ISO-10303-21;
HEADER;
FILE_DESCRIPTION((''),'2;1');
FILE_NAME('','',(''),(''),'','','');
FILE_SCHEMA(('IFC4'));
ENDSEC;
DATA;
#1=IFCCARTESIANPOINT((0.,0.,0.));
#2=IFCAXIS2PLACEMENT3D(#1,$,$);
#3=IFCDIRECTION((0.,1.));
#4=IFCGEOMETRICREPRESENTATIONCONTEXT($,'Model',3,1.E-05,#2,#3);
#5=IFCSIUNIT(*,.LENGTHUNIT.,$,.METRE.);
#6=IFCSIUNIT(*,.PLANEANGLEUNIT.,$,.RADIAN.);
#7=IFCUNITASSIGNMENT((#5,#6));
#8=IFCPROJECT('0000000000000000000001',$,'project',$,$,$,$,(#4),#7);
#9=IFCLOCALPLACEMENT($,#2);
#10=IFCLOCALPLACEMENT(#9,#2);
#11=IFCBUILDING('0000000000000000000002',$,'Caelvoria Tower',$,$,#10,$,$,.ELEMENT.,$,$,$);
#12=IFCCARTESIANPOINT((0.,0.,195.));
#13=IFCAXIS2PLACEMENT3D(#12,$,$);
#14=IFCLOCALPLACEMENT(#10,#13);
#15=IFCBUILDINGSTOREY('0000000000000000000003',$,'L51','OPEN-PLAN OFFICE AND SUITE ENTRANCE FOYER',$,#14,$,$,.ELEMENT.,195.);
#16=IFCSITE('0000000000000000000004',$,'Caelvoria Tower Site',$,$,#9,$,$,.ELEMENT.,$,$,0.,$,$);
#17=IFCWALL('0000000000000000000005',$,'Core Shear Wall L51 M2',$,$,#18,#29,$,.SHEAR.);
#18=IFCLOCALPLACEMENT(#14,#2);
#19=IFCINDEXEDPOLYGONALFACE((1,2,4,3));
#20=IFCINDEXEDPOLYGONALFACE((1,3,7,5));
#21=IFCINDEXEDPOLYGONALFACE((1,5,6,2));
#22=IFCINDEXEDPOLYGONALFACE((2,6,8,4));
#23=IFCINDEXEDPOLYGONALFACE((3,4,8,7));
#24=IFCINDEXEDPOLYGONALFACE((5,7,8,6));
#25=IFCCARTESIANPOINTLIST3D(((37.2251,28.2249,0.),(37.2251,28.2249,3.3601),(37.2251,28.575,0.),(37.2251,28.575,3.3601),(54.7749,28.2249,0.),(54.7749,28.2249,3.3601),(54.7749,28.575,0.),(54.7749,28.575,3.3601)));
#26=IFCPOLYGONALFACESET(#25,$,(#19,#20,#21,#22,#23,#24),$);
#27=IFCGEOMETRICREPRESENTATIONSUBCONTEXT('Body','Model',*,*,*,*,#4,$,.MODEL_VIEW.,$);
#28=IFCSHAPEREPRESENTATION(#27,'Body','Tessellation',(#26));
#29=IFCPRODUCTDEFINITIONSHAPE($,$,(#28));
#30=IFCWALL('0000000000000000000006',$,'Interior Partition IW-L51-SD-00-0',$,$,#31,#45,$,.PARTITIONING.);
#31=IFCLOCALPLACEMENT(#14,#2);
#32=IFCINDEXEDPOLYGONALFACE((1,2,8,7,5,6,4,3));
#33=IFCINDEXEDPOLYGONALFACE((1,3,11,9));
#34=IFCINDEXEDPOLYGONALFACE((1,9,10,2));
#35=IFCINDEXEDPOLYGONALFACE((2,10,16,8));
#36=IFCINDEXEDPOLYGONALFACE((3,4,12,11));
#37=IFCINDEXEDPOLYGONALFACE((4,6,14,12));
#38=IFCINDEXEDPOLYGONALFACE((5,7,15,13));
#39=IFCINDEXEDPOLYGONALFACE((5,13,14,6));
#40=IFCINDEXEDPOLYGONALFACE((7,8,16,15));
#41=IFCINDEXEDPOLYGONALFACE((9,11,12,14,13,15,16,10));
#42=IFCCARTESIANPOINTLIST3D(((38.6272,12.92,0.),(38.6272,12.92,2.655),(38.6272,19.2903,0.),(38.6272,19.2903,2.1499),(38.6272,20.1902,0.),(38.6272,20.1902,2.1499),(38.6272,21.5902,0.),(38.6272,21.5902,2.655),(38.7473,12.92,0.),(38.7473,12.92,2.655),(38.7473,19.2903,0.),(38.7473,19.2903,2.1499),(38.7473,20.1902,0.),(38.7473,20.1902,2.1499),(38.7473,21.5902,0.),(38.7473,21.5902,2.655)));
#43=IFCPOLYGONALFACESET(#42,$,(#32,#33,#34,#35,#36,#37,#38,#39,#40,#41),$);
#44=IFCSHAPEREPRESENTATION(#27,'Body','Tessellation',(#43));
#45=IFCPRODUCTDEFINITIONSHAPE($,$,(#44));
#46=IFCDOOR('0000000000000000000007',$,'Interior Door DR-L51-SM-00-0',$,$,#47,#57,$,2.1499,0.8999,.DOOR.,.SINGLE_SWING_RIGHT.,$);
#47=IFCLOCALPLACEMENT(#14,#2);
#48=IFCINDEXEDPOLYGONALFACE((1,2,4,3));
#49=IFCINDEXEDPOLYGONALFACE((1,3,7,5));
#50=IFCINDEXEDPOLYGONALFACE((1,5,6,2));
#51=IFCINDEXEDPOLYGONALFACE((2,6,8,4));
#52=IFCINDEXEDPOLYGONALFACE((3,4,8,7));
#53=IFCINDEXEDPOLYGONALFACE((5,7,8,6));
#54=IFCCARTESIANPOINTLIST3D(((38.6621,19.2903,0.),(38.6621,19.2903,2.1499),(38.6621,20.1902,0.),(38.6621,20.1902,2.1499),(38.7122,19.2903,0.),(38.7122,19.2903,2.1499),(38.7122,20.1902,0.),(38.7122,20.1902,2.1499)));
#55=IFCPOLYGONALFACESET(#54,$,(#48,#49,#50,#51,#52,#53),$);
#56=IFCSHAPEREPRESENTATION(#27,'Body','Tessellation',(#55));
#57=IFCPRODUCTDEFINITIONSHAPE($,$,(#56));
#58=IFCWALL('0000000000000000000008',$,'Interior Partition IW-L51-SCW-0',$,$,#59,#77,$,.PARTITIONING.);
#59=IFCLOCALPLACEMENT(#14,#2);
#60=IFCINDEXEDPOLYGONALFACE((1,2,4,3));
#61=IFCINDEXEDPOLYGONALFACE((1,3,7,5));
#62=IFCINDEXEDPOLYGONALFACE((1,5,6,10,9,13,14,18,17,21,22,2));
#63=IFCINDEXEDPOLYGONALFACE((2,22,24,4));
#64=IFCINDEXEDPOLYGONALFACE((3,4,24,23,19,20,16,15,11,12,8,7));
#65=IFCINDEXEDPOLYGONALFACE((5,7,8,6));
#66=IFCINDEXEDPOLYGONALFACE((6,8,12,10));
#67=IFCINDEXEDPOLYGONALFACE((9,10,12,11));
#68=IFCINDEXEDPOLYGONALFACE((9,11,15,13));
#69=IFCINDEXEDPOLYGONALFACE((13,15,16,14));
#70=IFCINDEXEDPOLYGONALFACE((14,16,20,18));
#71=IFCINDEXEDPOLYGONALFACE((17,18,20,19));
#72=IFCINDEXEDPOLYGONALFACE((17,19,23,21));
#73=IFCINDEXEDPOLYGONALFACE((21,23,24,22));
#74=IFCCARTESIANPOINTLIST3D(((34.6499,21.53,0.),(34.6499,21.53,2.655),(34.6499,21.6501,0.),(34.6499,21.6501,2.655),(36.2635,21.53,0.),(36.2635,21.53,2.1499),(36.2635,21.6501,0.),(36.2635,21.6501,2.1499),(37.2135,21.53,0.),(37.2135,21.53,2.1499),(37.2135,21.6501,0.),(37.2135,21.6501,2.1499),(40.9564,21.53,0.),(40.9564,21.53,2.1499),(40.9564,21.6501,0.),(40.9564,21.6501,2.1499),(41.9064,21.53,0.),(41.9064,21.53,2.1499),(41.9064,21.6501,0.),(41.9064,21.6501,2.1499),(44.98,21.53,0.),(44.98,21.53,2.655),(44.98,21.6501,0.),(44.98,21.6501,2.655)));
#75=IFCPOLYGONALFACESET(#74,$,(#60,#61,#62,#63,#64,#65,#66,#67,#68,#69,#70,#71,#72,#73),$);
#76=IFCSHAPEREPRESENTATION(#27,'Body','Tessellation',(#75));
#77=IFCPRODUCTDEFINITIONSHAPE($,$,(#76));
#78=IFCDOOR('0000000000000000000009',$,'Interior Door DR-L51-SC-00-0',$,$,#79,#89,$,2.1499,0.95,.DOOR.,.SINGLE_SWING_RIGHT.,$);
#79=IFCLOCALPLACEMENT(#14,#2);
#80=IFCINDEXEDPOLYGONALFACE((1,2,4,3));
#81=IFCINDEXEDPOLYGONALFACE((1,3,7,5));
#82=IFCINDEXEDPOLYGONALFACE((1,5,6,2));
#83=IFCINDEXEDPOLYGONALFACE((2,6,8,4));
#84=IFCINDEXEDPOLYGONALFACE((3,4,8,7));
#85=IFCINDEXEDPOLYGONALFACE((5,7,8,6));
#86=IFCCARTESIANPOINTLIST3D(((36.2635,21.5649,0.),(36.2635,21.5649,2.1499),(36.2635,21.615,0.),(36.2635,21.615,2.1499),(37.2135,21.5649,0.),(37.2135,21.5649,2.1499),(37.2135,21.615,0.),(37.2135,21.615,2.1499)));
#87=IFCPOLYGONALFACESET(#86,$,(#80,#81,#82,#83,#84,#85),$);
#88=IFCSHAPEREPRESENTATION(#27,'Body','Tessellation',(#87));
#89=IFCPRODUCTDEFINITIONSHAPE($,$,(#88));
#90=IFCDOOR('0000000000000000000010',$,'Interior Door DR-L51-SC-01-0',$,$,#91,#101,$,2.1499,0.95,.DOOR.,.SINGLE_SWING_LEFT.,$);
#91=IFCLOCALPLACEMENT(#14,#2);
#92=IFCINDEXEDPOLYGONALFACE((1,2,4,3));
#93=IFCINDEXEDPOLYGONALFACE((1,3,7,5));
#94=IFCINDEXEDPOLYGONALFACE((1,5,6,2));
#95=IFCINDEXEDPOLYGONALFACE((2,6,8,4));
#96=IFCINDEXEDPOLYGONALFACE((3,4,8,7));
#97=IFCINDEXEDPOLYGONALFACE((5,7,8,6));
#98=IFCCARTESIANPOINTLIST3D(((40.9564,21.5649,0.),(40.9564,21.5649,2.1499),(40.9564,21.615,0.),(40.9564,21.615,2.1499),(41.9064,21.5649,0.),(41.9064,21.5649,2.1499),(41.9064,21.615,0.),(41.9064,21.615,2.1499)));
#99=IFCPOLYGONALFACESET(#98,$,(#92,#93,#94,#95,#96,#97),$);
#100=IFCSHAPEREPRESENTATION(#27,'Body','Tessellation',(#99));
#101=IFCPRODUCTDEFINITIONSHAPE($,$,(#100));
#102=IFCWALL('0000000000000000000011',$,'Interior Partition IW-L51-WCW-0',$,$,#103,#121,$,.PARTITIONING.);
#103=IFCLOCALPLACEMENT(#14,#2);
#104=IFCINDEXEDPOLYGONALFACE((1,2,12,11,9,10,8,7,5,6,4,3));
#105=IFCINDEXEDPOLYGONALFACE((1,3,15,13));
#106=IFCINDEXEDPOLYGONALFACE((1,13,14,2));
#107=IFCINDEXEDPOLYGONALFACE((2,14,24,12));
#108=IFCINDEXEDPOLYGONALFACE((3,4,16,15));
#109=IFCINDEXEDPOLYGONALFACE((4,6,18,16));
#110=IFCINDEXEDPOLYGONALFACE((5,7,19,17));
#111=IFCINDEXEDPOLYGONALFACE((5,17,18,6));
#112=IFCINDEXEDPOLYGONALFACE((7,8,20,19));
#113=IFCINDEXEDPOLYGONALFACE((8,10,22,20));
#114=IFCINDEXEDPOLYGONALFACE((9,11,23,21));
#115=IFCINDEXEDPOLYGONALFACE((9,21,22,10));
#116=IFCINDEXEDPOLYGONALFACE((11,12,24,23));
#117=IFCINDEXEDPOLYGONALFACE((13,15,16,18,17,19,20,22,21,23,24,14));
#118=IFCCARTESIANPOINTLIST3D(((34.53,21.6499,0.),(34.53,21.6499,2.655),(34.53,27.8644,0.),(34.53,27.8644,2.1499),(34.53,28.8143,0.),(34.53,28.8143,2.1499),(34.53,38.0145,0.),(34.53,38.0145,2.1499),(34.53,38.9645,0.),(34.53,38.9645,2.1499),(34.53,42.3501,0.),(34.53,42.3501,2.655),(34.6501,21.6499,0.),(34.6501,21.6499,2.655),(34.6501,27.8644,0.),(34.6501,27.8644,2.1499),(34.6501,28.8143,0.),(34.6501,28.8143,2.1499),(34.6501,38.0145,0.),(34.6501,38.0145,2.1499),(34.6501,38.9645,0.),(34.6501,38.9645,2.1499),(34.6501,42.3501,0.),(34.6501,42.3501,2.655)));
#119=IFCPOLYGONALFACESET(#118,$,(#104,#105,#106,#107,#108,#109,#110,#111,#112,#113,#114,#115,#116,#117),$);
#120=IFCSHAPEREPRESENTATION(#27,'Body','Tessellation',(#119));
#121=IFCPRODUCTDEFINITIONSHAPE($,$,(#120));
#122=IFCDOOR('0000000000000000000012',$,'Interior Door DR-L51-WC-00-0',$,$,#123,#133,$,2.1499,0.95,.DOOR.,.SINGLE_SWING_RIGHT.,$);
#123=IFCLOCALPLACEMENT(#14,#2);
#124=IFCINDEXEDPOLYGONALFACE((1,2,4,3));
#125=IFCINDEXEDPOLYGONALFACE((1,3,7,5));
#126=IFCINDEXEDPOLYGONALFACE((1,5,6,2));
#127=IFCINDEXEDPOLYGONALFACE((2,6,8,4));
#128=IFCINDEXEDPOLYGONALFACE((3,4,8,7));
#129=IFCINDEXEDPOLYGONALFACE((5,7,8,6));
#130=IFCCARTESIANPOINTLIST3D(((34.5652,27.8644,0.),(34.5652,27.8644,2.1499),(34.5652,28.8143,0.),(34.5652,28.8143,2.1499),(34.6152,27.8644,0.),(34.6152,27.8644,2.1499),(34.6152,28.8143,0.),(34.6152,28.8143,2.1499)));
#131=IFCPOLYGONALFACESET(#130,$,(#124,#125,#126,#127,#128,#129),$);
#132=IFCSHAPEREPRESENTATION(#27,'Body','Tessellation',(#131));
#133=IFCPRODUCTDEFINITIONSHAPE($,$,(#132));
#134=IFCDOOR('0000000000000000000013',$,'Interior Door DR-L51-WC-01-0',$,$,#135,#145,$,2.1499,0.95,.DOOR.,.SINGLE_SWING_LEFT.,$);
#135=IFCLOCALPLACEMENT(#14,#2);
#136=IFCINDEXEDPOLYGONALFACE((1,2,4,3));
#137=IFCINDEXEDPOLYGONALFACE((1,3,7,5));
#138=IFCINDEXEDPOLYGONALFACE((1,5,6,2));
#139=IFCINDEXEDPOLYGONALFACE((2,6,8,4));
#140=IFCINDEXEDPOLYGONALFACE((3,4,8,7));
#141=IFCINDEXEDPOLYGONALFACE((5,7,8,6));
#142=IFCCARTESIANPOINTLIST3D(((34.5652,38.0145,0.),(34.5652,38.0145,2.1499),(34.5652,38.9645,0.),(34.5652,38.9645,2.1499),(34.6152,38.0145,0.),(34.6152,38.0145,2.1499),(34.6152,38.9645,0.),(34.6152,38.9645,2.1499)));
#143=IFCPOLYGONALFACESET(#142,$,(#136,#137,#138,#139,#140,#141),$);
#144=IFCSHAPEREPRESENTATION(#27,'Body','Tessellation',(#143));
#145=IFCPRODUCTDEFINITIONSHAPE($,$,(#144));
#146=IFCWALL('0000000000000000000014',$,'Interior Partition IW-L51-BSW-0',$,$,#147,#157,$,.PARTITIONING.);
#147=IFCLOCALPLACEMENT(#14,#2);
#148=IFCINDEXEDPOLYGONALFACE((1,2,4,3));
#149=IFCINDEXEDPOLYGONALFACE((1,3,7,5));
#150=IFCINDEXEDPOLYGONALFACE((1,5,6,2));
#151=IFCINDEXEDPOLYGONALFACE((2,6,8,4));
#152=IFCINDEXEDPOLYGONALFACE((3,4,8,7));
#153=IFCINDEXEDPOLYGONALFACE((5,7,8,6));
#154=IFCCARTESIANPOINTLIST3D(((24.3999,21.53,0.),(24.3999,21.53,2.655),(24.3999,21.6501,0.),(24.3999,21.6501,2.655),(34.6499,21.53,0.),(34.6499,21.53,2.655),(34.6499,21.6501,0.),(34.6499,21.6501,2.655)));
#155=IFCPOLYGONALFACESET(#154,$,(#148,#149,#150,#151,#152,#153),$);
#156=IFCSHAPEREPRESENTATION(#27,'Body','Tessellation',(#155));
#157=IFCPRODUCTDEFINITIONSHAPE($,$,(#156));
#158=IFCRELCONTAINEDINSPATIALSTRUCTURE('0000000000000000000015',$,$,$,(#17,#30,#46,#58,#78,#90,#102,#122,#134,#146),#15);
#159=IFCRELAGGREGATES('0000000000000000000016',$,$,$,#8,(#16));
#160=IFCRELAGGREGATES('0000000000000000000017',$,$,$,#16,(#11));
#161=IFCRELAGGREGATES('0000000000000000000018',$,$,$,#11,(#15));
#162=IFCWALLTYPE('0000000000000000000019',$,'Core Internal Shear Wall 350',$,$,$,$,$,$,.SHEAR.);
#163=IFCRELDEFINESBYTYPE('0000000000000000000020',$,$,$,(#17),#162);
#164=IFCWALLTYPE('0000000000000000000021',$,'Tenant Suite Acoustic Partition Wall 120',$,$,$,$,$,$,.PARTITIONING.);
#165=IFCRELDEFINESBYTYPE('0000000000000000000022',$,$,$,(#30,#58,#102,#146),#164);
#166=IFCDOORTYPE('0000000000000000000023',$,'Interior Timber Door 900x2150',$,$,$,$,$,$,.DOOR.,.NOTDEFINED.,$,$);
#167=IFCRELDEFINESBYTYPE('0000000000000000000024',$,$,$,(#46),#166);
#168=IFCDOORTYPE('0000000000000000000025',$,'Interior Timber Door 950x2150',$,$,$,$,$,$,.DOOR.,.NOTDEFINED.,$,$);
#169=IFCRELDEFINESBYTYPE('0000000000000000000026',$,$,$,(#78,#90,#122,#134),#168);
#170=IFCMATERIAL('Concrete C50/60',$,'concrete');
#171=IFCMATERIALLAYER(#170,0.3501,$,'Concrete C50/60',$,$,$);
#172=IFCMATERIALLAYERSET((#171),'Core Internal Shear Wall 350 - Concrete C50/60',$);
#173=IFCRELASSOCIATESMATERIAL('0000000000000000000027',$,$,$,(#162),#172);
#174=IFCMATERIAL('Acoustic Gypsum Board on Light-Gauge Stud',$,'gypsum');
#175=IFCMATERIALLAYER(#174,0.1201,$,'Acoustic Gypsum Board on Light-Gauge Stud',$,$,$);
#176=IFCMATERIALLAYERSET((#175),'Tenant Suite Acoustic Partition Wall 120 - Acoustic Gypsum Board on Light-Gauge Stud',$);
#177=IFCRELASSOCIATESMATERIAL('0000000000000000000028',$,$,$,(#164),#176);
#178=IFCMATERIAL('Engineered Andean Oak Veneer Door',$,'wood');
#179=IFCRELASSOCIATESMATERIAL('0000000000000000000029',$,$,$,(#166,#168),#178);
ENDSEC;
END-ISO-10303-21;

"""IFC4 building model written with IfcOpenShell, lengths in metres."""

from ifc_helpers import new_model, si_unit, direction, frame, frame_2d, origin, place, context, subcontext, project, spatial, rectangle, extrude, material, layer, layer_set, type_object, element, fill, save


model = new_model("IFC4")

# Units and contexts
model_context = context("Model", 3, precision=1e-05, world=origin(), true_north=direction((0.0, 1.0)))
body_context = subcontext(model_context, "Body", "Model", "MODEL_VIEW")
ifc_project = project(units=[si_unit("LENGTHUNIT", "METRE"), si_unit("PLANEANGLEUNIT", "RADIAN")], contexts=[model_context])

# Site, building, storey
site_placement = place(None, origin())
site = spatial("IfcSite", under=ifc_project, at=site_placement, Name="Caelvoria Tower Site", CompositionType="ELEMENT", RefElevation=0.0)
building_placement = place(site_placement, origin())
building = spatial("IfcBuilding", under=site, at=building_placement, Name="Caelvoria Tower", CompositionType="ELEMENT")
storey_placement = place(building_placement, frame((0.0, 0.0, 195.0)))
storey = spatial("IfcBuildingStorey", under=building, at=storey_placement, Name="L51", Description="OPEN-PLAN OFFICE AND SUITE ENTRANCE FOYER", CompositionType="ELEMENT", Elevation=195.0)

# Shared definitions
ifc_material_1 = material(Name="Concrete C50/60", Category="concrete")
ifc_layer_1 = layer(ifc_material_1, 0.3501, Name="Concrete C50/60")
ifc_layer_set_1 = layer_set([ifc_layer_1], Name="Core Internal Shear Wall 350 - Concrete C50/60")
wall_type_1 = type_object("IfcWallType", Name="Core Internal Shear Wall 350", PredefinedType="SHEAR", material=ifc_layer_set_1)

# Wall
wall_1_placement = place(storey_placement, frame((37.2251, 28.3999, 0.0), z_axis=(0.0, 0.0, 1.0), x_axis=(1.0, 0.0, 0.0)))
element("IfcWall", 1, at=wall_1_placement, inside=storey, type_object=wall_type_1, Name="Core Shear Wall L51 M2", PredefinedType="SHEAR", context=body_context, shape_type="SweptSolid", body=[
    extrude(rectangle(XDim=17.5498, YDim=0.3501, at=frame_2d((8.7749, 0.0))), origin(), (0.0, 0.0, 1.0), 3.3601),
])

# Wall, opening, door
ifc_material_2 = material(Name="Acoustic Gypsum Board on Light-Gauge Stud", Category="gypsum")
ifc_layer_2 = layer(ifc_material_2, 0.1201, Name="Acoustic Gypsum Board on Light-Gauge Stud")
ifc_layer_set_2 = layer_set([ifc_layer_2], Name="Tenant Suite Acoustic Partition Wall 120 - Acoustic Gypsum Board on Light-Gauge Stud")
wall_type_2 = type_object("IfcWallType", Name="Tenant Suite Acoustic Partition Wall 120", PredefinedType="PARTITIONING", material=ifc_layer_set_2)
wall_2_placement = place(storey_placement, frame((38.6873, 21.5901, 0.0), z_axis=(0.0, 0.0, 1.0), x_axis=(0.0, -1.0, 0.0)))
wall_2 = element("IfcWall", 2, at=wall_2_placement, inside=storey, type_object=wall_type_2, Name="Interior Partition IW-L51-SD-00-0", PredefinedType="PARTITIONING", context=body_context, shape_type="SweptSolid", body=[
    extrude(rectangle(XDim=8.6702, YDim=0.1201, at=frame_2d((4.335, 0.0))), origin(), (0.0, 0.0, 1.0), 2.655),
])
opening_1_placement = place(wall_2_placement, frame((1.3999, 0.0, 0.0)))
opening_1 = element("IfcOpeningElement", 3, at=opening_1_placement, cuts=wall_2, PredefinedType="OPENING", context=body_context, shape_type="SweptSolid", body=[
    extrude(rectangle(XDim=0.8999, YDim=2.1499, at=frame_2d((0.45, 1.075))), frame((0.0, 0.0701, 0.0), z_axis=(0.0, -1.0, 0.0), x_axis=(1.0, 0.0, 0.0)), (0.0, 0.0, 1.0), 0.1401),
])
ifc_material_3 = material(Name="Engineered Andean Oak Veneer Door", Category="wood")
door_type_1 = type_object("IfcDoorType", Name="Interior Timber Door 900x2150", OperationType="NOTDEFINED", PredefinedType="DOOR", material=ifc_material_3)
door_1_placement = place(opening_1_placement, origin())
door_1 = element("IfcDoor", 4, at=door_1_placement, inside=storey, type_object=door_type_1, Name="Interior Door DR-L51-SM-00-0", OperationType="SINGLE_SWING_RIGHT", OverallHeight=2.1499, OverallWidth=0.8999, PredefinedType="DOOR", context=body_context, shape_type="SweptSolid", body=[
    extrude(rectangle(XDim=0.8999, YDim=2.1499, at=frame_2d((0.45, 1.075))), frame((0.0, 0.0249, 0.0), z_axis=(0.0, -1.0, 0.0), x_axis=(1.0, 0.0, 0.0)), (0.0, 0.0, 1.0), 0.05),
])
fill(opening_1, door_1)

# Walls, openings, doors
wall_3_placement = place(storey_placement, frame((34.6499, 21.5901, 0.0), z_axis=(0.0, 0.0, 1.0), x_axis=(1.0, 0.0, 0.0)))
wall_3 = element("IfcWall", 5, at=wall_3_placement, inside=storey, type_object=wall_type_2, Name="Interior Partition IW-L51-SCW-0", PredefinedType="PARTITIONING", context=body_context, shape_type="SweptSolid", body=[
    extrude(rectangle(XDim=10.3301, YDim=0.1201, at=frame_2d((5.165, 0.0))), origin(), (0.0, 0.0, 1.0), 2.655),
])
opening_2_placement = place(wall_3_placement, frame((1.6135, 0.0, 0.0)))
opening_2 = element("IfcOpeningElement", 6, at=opening_2_placement, cuts=wall_3, PredefinedType="OPENING", context=body_context, shape_type="SweptSolid", body=[
    extrude(rectangle(XDim=0.95, YDim=2.1499, at=frame_2d((0.4751, 1.075))), frame((0.0, 0.0701, 0.0), z_axis=(0.0, -1.0, 0.0), x_axis=(1.0, 0.0, 0.0)), (0.0, 0.0, 1.0), 0.1401),
])
opening_3_placement = place(wall_3_placement, frame((6.3064, 0.0, 0.0)))
opening_3 = element("IfcOpeningElement", 7, at=opening_3_placement, cuts=wall_3, PredefinedType="OPENING", context=body_context, shape_type="SweptSolid", body=[
    extrude(rectangle(XDim=0.95, YDim=2.1499, at=frame_2d((0.4751, 1.075))), frame((0.0, 0.0701, 0.0), z_axis=(0.0, -1.0, 0.0), x_axis=(1.0, 0.0, 0.0)), (0.0, 0.0, 1.0), 0.1401),
])
door_type_2 = type_object("IfcDoorType", Name="Interior Timber Door 950x2150", OperationType="NOTDEFINED", PredefinedType="DOOR", material=ifc_material_3)
door_2_placement = place(opening_2_placement, origin())
door_2 = element("IfcDoor", 8, at=door_2_placement, inside=storey, type_object=door_type_2, Name="Interior Door DR-L51-SC-00-0", OperationType="SINGLE_SWING_RIGHT", OverallHeight=2.1499, OverallWidth=0.95, PredefinedType="DOOR", context=body_context, shape_type="SweptSolid", body=[
    extrude(rectangle(XDim=0.95, YDim=2.1499, at=frame_2d((0.4751, 1.075))), frame((0.0, 0.0249, 0.0), z_axis=(0.0, -1.0, 0.0), x_axis=(1.0, 0.0, 0.0)), (0.0, 0.0, 1.0), 0.05),
])
fill(opening_2, door_2)
door_3_placement = place(opening_3_placement, origin())
door_3 = element("IfcDoor", 9, at=door_3_placement, inside=storey, type_object=door_type_2, Name="Interior Door DR-L51-SC-01-0", OperationType="SINGLE_SWING_LEFT", OverallHeight=2.1499, OverallWidth=0.95, PredefinedType="DOOR", context=body_context, shape_type="SweptSolid", body=[
    extrude(rectangle(XDim=0.95, YDim=2.1499, at=frame_2d((0.4751, 1.075))), frame((0.0, 0.0249, 0.0), z_axis=(0.0, -1.0, 0.0), x_axis=(1.0, 0.0, 0.0)), (0.0, 0.0, 1.0), 0.05),
])
fill(opening_3, door_3)
wall_4_placement = place(storey_placement, frame((34.5901, 21.6499, 0.0), z_axis=(0.0, 0.0, 1.0), x_axis=(0.0, 1.0, 0.0)))
wall_4 = element("IfcWall", 10, at=wall_4_placement, inside=storey, type_object=wall_type_2, Name="Interior Partition IW-L51-WCW-0", PredefinedType="PARTITIONING", context=body_context, shape_type="SweptSolid", body=[
    extrude(rectangle(XDim=20.7002, YDim=0.1201, at=frame_2d((10.3501, 0.0))), origin(), (0.0, 0.0, 1.0), 2.655),
])
opening_4_placement = place(wall_4_placement, frame((6.2144, 0.0, 0.0)))
opening_4 = element("IfcOpeningElement", 11, at=opening_4_placement, cuts=wall_4, PredefinedType="OPENING", context=body_context, shape_type="SweptSolid", body=[
    extrude(rectangle(XDim=0.95, YDim=2.1499, at=frame_2d((0.4751, 1.075))), frame((0.0, 0.0701, 0.0), z_axis=(0.0, -1.0, 0.0), x_axis=(1.0, 0.0, 0.0)), (0.0, 0.0, 1.0), 0.1401),
])
opening_5_placement = place(wall_4_placement, frame((16.3645, 0.0, 0.0)))
opening_5 = element("IfcOpeningElement", 12, at=opening_5_placement, cuts=wall_4, PredefinedType="OPENING", context=body_context, shape_type="SweptSolid", body=[
    extrude(rectangle(XDim=0.95, YDim=2.1499, at=frame_2d((0.4751, 1.075))), frame((0.0, 0.0701, 0.0), z_axis=(0.0, -1.0, 0.0), x_axis=(1.0, 0.0, 0.0)), (0.0, 0.0, 1.0), 0.1401),
])
door_4_placement = place(opening_4_placement, origin())
door_4 = element("IfcDoor", 13, at=door_4_placement, inside=storey, type_object=door_type_2, Name="Interior Door DR-L51-WC-00-0", OperationType="SINGLE_SWING_RIGHT", OverallHeight=2.1499, OverallWidth=0.95, PredefinedType="DOOR", context=body_context, shape_type="SweptSolid", body=[
    extrude(rectangle(XDim=0.95, YDim=2.1499, at=frame_2d((0.4751, 1.075))), frame((0.0, 0.0249, 0.0), z_axis=(0.0, -1.0, 0.0), x_axis=(1.0, 0.0, 0.0)), (0.0, 0.0, 1.0), 0.05),
])
fill(opening_4, door_4)
door_5_placement = place(opening_5_placement, origin())
door_5 = element("IfcDoor", 14, at=door_5_placement, inside=storey, type_object=door_type_2, Name="Interior Door DR-L51-WC-01-0", OperationType="SINGLE_SWING_LEFT", OverallHeight=2.1499, OverallWidth=0.95, PredefinedType="DOOR", context=body_context, shape_type="SweptSolid", body=[
    extrude(rectangle(XDim=0.95, YDim=2.1499, at=frame_2d((0.4751, 1.075))), frame((0.0, 0.0249, 0.0), z_axis=(0.0, -1.0, 0.0), x_axis=(1.0, 0.0, 0.0)), (0.0, 0.0, 1.0), 0.05),
])
fill(opening_5, door_5)

# Wall
wall_5_placement = place(storey_placement, frame((34.6499, 21.5901, 0.0), z_axis=(0.0, 0.0, 1.0), x_axis=(-1.0, 0.0, 0.0)))
element("IfcWall", 15, at=wall_5_placement, inside=storey, type_object=wall_type_2, Name="Interior Partition IW-L51-BSW-0", PredefinedType="PARTITIONING", context=body_context, shape_type="SweptSolid", body=[
    extrude(rectangle(XDim=10.25, YDim=0.1201, at=frame_2d((5.125, 0.0))), origin(), (0.0, 0.0, 1.0), 2.655),
])

save(model, "model.ifc")
